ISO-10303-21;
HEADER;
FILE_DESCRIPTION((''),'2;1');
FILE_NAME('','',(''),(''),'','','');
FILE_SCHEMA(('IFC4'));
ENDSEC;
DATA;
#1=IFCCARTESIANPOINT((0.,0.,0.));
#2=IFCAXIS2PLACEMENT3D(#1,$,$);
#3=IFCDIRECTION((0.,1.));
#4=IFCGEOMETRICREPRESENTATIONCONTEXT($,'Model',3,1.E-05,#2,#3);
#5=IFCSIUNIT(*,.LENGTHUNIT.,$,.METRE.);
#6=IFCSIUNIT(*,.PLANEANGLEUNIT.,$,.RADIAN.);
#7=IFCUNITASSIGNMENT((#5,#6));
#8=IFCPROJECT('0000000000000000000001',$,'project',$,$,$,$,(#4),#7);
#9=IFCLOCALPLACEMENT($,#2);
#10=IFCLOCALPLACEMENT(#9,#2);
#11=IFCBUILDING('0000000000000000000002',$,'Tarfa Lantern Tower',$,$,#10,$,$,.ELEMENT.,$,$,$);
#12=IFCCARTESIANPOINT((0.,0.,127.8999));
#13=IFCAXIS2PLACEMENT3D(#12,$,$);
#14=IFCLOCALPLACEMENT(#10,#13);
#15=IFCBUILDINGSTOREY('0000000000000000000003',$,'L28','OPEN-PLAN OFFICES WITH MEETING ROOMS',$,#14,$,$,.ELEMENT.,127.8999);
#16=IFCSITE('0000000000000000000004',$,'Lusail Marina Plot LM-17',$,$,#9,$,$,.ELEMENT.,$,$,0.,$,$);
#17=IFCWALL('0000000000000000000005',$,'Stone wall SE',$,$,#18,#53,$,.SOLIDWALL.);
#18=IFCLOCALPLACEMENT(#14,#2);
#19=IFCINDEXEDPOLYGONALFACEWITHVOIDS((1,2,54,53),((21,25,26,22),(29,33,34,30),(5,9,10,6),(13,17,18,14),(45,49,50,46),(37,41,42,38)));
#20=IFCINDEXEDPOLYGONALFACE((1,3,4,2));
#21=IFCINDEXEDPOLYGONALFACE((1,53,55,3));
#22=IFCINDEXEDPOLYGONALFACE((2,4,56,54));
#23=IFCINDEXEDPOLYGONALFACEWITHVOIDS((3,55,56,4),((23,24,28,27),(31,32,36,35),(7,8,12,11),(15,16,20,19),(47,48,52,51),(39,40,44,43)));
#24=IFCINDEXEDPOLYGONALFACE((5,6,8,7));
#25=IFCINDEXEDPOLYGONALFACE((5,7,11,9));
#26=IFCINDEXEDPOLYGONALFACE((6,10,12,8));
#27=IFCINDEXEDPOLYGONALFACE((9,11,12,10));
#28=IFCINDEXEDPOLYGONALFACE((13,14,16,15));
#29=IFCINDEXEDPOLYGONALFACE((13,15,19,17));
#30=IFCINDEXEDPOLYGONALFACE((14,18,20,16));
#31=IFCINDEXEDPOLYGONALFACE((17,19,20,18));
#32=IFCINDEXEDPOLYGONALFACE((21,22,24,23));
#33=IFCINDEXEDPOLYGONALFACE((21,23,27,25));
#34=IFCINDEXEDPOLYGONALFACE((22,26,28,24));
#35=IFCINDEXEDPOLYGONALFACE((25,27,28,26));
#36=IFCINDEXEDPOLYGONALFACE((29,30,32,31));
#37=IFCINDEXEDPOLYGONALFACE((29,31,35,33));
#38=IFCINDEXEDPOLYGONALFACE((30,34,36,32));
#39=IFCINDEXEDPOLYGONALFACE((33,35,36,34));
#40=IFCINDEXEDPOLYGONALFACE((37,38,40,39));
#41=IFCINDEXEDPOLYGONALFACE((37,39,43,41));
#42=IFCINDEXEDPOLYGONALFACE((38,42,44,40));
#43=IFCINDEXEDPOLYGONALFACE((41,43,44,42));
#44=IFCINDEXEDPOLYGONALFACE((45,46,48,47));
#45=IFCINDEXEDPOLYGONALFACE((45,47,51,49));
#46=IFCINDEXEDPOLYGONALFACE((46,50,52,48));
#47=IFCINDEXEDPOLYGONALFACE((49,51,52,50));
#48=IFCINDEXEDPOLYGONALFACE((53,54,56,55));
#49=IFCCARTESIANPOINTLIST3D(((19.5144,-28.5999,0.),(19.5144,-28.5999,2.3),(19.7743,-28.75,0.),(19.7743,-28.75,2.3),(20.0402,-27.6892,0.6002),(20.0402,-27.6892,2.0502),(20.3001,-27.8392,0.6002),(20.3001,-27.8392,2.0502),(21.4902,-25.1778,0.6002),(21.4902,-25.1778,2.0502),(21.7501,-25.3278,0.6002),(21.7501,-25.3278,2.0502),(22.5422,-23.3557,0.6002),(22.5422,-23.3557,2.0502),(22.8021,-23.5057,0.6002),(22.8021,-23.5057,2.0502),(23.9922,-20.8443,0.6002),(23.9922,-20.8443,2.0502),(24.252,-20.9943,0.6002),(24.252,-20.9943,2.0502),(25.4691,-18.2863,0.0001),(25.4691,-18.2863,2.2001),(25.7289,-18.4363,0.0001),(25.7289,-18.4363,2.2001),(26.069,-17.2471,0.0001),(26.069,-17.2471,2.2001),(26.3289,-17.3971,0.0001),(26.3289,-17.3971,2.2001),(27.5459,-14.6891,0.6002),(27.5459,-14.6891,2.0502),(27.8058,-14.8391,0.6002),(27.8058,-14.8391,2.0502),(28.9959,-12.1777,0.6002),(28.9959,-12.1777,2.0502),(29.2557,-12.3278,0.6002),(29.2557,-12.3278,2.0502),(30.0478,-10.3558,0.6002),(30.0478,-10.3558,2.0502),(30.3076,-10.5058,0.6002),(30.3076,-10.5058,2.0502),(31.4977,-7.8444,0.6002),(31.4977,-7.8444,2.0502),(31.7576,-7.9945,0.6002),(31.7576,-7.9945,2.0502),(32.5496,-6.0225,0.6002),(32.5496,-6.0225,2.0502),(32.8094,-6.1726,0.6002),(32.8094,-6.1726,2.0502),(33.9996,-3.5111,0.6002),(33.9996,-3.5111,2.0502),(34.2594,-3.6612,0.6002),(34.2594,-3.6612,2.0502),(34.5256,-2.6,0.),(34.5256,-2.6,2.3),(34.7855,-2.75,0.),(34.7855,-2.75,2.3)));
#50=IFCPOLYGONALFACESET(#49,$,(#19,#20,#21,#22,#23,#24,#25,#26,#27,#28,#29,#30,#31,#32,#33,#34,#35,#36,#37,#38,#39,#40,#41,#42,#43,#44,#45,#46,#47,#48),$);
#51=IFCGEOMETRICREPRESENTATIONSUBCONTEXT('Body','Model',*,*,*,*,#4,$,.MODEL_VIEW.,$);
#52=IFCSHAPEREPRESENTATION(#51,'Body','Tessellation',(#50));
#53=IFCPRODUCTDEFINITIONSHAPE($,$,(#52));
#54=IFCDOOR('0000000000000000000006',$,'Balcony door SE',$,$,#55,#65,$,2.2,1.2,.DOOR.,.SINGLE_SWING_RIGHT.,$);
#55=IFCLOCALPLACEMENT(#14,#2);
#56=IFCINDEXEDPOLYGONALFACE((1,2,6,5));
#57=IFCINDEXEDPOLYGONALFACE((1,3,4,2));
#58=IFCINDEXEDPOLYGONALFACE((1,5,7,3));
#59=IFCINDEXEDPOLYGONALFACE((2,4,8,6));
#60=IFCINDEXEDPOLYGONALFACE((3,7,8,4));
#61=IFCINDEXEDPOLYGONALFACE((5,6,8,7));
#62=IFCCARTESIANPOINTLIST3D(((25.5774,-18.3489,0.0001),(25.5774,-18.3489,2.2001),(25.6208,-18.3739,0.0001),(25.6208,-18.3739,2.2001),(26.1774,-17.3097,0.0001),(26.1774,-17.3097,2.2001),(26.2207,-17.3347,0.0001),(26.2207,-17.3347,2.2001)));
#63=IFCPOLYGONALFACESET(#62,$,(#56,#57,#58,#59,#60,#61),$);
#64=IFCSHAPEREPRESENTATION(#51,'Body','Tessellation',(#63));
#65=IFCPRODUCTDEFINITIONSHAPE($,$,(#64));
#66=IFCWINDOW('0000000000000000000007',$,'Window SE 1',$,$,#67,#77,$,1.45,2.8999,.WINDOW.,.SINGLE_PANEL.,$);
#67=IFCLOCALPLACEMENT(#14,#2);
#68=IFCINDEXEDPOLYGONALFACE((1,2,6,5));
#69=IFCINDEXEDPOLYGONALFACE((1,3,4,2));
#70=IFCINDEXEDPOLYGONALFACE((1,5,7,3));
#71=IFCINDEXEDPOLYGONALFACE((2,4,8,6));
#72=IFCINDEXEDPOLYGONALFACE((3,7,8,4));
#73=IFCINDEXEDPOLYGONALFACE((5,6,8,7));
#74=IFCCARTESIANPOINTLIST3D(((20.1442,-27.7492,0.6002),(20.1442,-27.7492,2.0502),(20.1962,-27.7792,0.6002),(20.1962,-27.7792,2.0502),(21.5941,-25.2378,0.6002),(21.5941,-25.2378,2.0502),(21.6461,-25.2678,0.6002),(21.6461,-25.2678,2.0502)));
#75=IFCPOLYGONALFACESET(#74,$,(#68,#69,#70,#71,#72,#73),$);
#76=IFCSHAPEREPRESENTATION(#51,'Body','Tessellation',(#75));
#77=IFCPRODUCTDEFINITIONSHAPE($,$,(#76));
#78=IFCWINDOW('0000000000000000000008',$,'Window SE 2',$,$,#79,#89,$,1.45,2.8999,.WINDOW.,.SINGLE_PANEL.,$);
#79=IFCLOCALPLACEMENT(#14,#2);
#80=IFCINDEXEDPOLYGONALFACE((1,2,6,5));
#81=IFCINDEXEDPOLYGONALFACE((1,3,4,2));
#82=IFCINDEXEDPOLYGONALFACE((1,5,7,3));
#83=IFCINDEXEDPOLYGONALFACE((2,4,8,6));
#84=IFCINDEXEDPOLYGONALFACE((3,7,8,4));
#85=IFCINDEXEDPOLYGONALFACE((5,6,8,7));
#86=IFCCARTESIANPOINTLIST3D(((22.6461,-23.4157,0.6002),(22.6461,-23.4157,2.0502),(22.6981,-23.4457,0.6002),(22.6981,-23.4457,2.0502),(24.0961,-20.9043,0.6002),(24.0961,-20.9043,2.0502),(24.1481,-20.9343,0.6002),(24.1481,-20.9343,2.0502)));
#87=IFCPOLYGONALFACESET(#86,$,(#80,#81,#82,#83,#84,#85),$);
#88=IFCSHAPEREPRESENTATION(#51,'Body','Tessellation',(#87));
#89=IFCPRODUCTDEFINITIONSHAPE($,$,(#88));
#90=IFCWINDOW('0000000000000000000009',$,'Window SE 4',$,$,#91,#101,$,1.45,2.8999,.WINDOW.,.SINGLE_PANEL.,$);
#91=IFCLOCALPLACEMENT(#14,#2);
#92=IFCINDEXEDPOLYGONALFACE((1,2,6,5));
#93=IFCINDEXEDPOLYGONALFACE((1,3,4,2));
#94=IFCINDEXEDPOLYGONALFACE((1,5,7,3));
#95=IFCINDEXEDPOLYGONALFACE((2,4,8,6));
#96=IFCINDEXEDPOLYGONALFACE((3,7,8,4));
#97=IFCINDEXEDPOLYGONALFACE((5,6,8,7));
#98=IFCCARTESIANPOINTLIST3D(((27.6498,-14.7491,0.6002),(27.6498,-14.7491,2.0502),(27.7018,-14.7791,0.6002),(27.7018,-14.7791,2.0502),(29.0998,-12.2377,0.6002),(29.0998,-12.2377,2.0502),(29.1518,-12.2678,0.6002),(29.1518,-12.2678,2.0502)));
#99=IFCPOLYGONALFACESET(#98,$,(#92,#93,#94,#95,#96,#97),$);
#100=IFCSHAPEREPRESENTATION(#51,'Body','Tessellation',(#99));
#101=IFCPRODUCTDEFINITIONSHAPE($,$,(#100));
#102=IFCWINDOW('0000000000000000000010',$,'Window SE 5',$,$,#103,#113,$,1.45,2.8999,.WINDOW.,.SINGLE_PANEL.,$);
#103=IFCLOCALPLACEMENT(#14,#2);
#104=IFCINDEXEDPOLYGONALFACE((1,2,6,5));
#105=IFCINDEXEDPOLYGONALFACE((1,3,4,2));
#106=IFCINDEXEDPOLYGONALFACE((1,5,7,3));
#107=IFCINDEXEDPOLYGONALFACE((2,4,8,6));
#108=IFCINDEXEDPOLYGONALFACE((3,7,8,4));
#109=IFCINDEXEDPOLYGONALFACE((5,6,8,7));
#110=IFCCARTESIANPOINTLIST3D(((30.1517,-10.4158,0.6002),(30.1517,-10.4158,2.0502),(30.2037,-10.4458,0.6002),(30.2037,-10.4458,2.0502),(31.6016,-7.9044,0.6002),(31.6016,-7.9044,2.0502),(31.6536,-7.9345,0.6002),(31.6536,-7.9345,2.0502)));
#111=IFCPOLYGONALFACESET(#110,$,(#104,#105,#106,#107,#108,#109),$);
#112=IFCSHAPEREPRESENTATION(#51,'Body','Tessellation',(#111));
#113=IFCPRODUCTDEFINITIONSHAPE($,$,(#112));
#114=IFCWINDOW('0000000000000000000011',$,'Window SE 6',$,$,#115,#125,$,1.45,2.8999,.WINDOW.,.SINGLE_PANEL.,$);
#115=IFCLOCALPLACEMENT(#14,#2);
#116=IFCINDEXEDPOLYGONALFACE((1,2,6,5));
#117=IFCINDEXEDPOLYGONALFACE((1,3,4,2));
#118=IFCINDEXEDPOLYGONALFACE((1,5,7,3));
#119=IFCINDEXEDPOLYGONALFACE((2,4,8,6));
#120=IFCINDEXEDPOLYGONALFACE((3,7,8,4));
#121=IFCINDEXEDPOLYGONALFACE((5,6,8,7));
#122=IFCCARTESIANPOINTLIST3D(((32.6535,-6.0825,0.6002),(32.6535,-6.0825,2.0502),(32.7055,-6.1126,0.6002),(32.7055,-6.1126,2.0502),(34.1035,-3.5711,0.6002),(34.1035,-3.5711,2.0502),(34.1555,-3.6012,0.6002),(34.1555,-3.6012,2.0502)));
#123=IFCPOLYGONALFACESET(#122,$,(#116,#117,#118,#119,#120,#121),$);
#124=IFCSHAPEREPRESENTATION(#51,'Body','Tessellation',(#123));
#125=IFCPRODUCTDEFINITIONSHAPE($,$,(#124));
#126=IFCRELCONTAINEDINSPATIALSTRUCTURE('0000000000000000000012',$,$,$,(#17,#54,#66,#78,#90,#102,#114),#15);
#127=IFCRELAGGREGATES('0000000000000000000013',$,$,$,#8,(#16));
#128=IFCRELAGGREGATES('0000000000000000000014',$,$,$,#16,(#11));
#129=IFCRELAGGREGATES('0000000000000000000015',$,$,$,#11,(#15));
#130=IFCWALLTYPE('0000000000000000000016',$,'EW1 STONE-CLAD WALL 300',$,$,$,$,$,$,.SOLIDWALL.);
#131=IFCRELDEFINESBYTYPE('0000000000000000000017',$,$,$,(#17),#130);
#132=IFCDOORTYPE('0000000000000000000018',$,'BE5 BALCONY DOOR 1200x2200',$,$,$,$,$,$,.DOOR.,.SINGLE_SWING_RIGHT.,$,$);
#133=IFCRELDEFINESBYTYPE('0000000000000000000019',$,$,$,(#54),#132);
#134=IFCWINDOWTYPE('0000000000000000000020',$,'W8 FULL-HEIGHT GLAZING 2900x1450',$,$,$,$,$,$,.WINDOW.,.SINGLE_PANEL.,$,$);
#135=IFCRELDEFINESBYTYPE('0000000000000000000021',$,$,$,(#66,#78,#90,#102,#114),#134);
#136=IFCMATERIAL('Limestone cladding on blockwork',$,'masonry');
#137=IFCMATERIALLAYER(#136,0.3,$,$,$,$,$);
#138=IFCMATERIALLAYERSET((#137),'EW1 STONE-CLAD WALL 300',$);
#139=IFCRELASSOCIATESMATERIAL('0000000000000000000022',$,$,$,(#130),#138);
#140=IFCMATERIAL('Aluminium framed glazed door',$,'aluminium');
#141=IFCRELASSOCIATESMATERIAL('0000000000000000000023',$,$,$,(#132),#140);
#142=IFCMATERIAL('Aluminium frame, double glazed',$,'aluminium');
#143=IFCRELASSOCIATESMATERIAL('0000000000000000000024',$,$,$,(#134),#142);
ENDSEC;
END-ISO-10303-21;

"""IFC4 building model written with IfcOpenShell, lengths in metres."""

from ifc_helpers import new_model, si_unit, direction, frame, frame_2d, origin, place, context, subcontext, project, spatial, rectangle, extrude, material, layer, layer_set, type_object, element, fill, save


model = new_model("IFC4")

# Units and contexts
model_context = context("Model", 3, precision=1e-05, world=origin(), true_north=direction((0.0, 1.0)))
body_context = subcontext(model_context, "Body", "Model", "MODEL_VIEW")
ifc_project = project(units=[si_unit("LENGTHUNIT", "METRE"), si_unit("PLANEANGLEUNIT", "RADIAN")], contexts=[model_context])

# Site, building, storey
site_placement = place(None, origin())
site = spatial("IfcSite", under=ifc_project, at=site_placement, Name="Lusail Marina Plot LM-17", CompositionType="ELEMENT", RefElevation=0.0)
building_placement = place(site_placement, origin())
building = spatial("IfcBuilding", under=site, at=building_placement, Name="Tarfa Lantern Tower", CompositionType="ELEMENT")
storey_placement = place(building_placement, frame((0.0, 0.0, 127.8999)))
storey = spatial("IfcBuildingStorey", under=building, at=storey_placement, Name="L28", Description="OPEN-PLAN OFFICES WITH MEETING ROOMS", CompositionType="ELEMENT", Elevation=127.8999)

# Wall, openings, door, windows
ifc_material_1 = material(Name="Limestone cladding on blockwork", Category="masonry")
ifc_layer = layer(ifc_material_1, 0.3)
ifc_layer_set = layer_set([ifc_layer], Name="EW1 STONE-CLAD WALL 300")
wall_type = type_object("IfcWallType", Name="EW1 STONE-CLAD WALL 300", PredefinedType="SOLIDWALL", material=ifc_layer_set)
wall_placement = place(storey_placement, frame((19.6443, -28.675, 0.0), z_axis=(0.0, 0.0, 1.0), x_axis=(0.500003, 0.866024, 0.0)))
wall = element("IfcWall", 1, at=wall_placement, inside=storey, type_object=wall_type, Name="Stone wall SE", PredefinedType="SOLIDWALL", context=body_context, shape_type="SweptSolid", body=[
    extrude(rectangle(XDim=30.0222, YDim=0.3, at=frame_2d((15.0112, 0.0))), origin(), (0.0, 0.0, 1.0), 2.3),
])
opening_1_placement = place(wall_placement, frame((1.0518, 0.0, 0.6001)))
opening_1 = element("IfcOpeningElement", 2, at=opening_1_placement, cuts=wall, PredefinedType="OPENING", context=body_context, shape_type="SweptSolid", body=[
    extrude(rectangle(XDim=2.8999, YDim=1.45, at=frame_2d((1.45, 0.7251))), frame((0.0, 0.1599, 0.0), z_axis=(0.0, -1.0, 0.0), x_axis=(1.0, 0.0, 0.0)), (0.0, 0.0, 1.0), 0.3201),
])
opening_2_placement = place(wall_placement, frame((6.0557, 0.0, 0.6001)))
opening_2 = element("IfcOpeningElement", 3, at=opening_2_placement, cuts=wall, PredefinedType="OPENING", context=body_context, shape_type="SweptSolid", body=[
    extrude(rectangle(XDim=2.8999, YDim=1.45, at=frame_2d((1.45, 0.7251))), frame((0.0, 0.1599, 0.0), z_axis=(0.0, -1.0, 0.0), x_axis=(1.0, 0.0, 0.0)), (0.0, 0.0, 1.0), 0.3201),
])
opening_3_placement = place(wall_placement, frame((11.9092, 0.0, 0.0)))
opening_3 = element("IfcOpeningElement", 4, at=opening_3_placement, cuts=wall, PredefinedType="OPENING", context=body_context, shape_type="SweptSolid", body=[
    extrude(rectangle(XDim=1.2, YDim=2.2, at=frame_2d((0.6001, 1.1001))), frame((0.0, 0.1599, 0.0), z_axis=(0.0, -1.0, 0.0), x_axis=(1.0, 0.0, 0.0)), (0.0, 0.0, 1.0), 0.3201),
])
opening_4_placement = place(wall_placement, frame((16.063, 0.0, 0.6001)))
opening_4 = element("IfcOpeningElement", 5, at=opening_4_placement, cuts=wall, PredefinedType="OPENING", context=body_context, shape_type="SweptSolid", body=[
    extrude(rectangle(XDim=2.8999, YDim=1.45, at=frame_2d((1.45, 0.7251))), frame((0.0, 0.1599, 0.0), z_axis=(0.0, -1.0, 0.0), x_axis=(1.0, 0.0, 0.0)), (0.0, 0.0, 1.0), 0.3201),
])
opening_5_placement = place(wall_placement, frame((21.0667, 0.0, 0.6001)))
opening_5 = element("IfcOpeningElement", 6, at=opening_5_placement, cuts=wall, PredefinedType="OPENING", context=body_context, shape_type="SweptSolid", body=[
    extrude(rectangle(XDim=2.8999, YDim=1.45, at=frame_2d((1.45, 0.7251))), frame((0.0, 0.1599, 0.0), z_axis=(0.0, -1.0, 0.0), x_axis=(1.0, 0.0, 0.0)), (0.0, 0.0, 1.0), 0.3201),
])
opening_6_placement = place(wall_placement, frame((26.0703, 0.0, 0.6001)))
opening_6 = element("IfcOpeningElement", 7, at=opening_6_placement, cuts=wall, PredefinedType="OPENING", context=body_context, shape_type="SweptSolid", body=[
    extrude(rectangle(XDim=2.8999, YDim=1.45, at=frame_2d((1.45, 0.7251))), frame((0.0, 0.1599, 0.0), z_axis=(0.0, -1.0, 0.0), x_axis=(1.0, 0.0, 0.0)), (0.0, 0.0, 1.0), 0.3201),
])
ifc_material_2 = material(Name="Aluminium framed glazed door", Category="aluminium")
door_type = type_object("IfcDoorType", Name="BE5 BALCONY DOOR 1200x2200", OperationType="SINGLE_SWING_RIGHT", PredefinedType="DOOR", material=ifc_material_2)
door_placement = place(opening_3_placement, origin())
door = element("IfcDoor", 8, at=door_placement, inside=storey, type_object=door_type, Name="Balcony door SE", OperationType="SINGLE_SWING_RIGHT", OverallHeight=2.2, OverallWidth=1.2, PredefinedType="DOOR", context=body_context, shape_type="SweptSolid", body=[
    extrude(rectangle(XDim=1.2, YDim=2.2, at=frame_2d((0.6001, 1.1001))), frame((0.0, 0.0249, 0.0), z_axis=(0.0, -1.0, 0.0), x_axis=(1.0, 0.0, 0.0)), (0.0, 0.0, 1.0), 0.05),
])
fill(opening_3, door)
ifc_material_3 = material(Name="Aluminium frame, double glazed", Category="aluminium")
window_type = type_object("IfcWindowType", Name="W8 FULL-HEIGHT GLAZING 2900x1450", PartitioningType="SINGLE_PANEL", PredefinedType="WINDOW", material=ifc_material_3)
window_1_placement = place(opening_1_placement, origin())
window_1 = element("IfcWindow", 9, at=window_1_placement, inside=storey, type_object=window_type, Name="Window SE 1", OverallHeight=1.45, OverallWidth=2.8999, PartitioningType="SINGLE_PANEL", PredefinedType="WINDOW", context=body_context, shape_type="SweptSolid", body=[
    extrude(rectangle(XDim=2.8999, YDim=1.45, at=frame_2d((1.45, 0.7251))), frame((0.0, 0.03, 0.0), z_axis=(0.0, -1.0, 0.0), x_axis=(1.0, 0.0, 0.0)), (0.0, 0.0, 1.0), 0.0601),
])
fill(opening_1, window_1)
window_2_placement = place(opening_2_placement, origin())
window_2 = element("IfcWindow", 10, at=window_2_placement, inside=storey, type_object=window_type, Name="Window SE 2", OverallHeight=1.45, OverallWidth=2.8999, PartitioningType="SINGLE_PANEL", PredefinedType="WINDOW", context=body_context, shape_type="SweptSolid", body=[
    extrude(rectangle(XDim=2.8999, YDim=1.45, at=frame_2d((1.45, 0.7251))), frame((0.0, 0.03, 0.0), z_axis=(0.0, -1.0, 0.0), x_axis=(1.0, 0.0, 0.0)), (0.0, 0.0, 1.0), 0.0601),
])
fill(opening_2, window_2)
window_3_placement = place(opening_4_placement, origin())
window_3 = element("IfcWindow", 11, at=window_3_placement, inside=storey, type_object=window_type, Name="Window SE 4", OverallHeight=1.45, OverallWidth=2.8999, PartitioningType="SINGLE_PANEL", PredefinedType="WINDOW", context=body_context, shape_type="SweptSolid", body=[
    extrude(rectangle(XDim=2.8999, YDim=1.45, at=frame_2d((1.45, 0.7251))), frame((0.0, 0.03, 0.0), z_axis=(0.0, -1.0, 0.0), x_axis=(1.0, 0.0, 0.0)), (0.0, 0.0, 1.0), 0.0601),
])
fill(opening_4, window_3)
window_4_placement = place(opening_5_placement, origin())
window_4 = element("IfcWindow", 12, at=window_4_placement, inside=storey, type_object=window_type, Name="Window SE 5", OverallHeight=1.45, OverallWidth=2.8999, PartitioningType="SINGLE_PANEL", PredefinedType="WINDOW", context=body_context, shape_type="SweptSolid", body=[
    extrude(rectangle(XDim=2.8999, YDim=1.45, at=frame_2d((1.45, 0.7251))), frame((0.0, 0.03, 0.0), z_axis=(0.0, -1.0, 0.0), x_axis=(1.0, 0.0, 0.0)), (0.0, 0.0, 1.0), 0.0601),
])
fill(opening_5, window_4)
window_5_placement = place(opening_6_placement, origin())
window_5 = element("IfcWindow", 13, at=window_5_placement, inside=storey, type_object=window_type, Name="Window SE 6", OverallHeight=1.45, OverallWidth=2.8999, PartitioningType="SINGLE_PANEL", PredefinedType="WINDOW", context=body_context, shape_type="SweptSolid", body=[
    extrude(rectangle(XDim=2.8999, YDim=1.45, at=frame_2d((1.45, 0.7251))), frame((0.0, 0.03, 0.0), z_axis=(0.0, -1.0, 0.0), x_axis=(1.0, 0.0, 0.0)), (0.0, 0.0, 1.0), 0.0601),
])
fill(opening_6, window_5)

save(model, "model.ifc")
